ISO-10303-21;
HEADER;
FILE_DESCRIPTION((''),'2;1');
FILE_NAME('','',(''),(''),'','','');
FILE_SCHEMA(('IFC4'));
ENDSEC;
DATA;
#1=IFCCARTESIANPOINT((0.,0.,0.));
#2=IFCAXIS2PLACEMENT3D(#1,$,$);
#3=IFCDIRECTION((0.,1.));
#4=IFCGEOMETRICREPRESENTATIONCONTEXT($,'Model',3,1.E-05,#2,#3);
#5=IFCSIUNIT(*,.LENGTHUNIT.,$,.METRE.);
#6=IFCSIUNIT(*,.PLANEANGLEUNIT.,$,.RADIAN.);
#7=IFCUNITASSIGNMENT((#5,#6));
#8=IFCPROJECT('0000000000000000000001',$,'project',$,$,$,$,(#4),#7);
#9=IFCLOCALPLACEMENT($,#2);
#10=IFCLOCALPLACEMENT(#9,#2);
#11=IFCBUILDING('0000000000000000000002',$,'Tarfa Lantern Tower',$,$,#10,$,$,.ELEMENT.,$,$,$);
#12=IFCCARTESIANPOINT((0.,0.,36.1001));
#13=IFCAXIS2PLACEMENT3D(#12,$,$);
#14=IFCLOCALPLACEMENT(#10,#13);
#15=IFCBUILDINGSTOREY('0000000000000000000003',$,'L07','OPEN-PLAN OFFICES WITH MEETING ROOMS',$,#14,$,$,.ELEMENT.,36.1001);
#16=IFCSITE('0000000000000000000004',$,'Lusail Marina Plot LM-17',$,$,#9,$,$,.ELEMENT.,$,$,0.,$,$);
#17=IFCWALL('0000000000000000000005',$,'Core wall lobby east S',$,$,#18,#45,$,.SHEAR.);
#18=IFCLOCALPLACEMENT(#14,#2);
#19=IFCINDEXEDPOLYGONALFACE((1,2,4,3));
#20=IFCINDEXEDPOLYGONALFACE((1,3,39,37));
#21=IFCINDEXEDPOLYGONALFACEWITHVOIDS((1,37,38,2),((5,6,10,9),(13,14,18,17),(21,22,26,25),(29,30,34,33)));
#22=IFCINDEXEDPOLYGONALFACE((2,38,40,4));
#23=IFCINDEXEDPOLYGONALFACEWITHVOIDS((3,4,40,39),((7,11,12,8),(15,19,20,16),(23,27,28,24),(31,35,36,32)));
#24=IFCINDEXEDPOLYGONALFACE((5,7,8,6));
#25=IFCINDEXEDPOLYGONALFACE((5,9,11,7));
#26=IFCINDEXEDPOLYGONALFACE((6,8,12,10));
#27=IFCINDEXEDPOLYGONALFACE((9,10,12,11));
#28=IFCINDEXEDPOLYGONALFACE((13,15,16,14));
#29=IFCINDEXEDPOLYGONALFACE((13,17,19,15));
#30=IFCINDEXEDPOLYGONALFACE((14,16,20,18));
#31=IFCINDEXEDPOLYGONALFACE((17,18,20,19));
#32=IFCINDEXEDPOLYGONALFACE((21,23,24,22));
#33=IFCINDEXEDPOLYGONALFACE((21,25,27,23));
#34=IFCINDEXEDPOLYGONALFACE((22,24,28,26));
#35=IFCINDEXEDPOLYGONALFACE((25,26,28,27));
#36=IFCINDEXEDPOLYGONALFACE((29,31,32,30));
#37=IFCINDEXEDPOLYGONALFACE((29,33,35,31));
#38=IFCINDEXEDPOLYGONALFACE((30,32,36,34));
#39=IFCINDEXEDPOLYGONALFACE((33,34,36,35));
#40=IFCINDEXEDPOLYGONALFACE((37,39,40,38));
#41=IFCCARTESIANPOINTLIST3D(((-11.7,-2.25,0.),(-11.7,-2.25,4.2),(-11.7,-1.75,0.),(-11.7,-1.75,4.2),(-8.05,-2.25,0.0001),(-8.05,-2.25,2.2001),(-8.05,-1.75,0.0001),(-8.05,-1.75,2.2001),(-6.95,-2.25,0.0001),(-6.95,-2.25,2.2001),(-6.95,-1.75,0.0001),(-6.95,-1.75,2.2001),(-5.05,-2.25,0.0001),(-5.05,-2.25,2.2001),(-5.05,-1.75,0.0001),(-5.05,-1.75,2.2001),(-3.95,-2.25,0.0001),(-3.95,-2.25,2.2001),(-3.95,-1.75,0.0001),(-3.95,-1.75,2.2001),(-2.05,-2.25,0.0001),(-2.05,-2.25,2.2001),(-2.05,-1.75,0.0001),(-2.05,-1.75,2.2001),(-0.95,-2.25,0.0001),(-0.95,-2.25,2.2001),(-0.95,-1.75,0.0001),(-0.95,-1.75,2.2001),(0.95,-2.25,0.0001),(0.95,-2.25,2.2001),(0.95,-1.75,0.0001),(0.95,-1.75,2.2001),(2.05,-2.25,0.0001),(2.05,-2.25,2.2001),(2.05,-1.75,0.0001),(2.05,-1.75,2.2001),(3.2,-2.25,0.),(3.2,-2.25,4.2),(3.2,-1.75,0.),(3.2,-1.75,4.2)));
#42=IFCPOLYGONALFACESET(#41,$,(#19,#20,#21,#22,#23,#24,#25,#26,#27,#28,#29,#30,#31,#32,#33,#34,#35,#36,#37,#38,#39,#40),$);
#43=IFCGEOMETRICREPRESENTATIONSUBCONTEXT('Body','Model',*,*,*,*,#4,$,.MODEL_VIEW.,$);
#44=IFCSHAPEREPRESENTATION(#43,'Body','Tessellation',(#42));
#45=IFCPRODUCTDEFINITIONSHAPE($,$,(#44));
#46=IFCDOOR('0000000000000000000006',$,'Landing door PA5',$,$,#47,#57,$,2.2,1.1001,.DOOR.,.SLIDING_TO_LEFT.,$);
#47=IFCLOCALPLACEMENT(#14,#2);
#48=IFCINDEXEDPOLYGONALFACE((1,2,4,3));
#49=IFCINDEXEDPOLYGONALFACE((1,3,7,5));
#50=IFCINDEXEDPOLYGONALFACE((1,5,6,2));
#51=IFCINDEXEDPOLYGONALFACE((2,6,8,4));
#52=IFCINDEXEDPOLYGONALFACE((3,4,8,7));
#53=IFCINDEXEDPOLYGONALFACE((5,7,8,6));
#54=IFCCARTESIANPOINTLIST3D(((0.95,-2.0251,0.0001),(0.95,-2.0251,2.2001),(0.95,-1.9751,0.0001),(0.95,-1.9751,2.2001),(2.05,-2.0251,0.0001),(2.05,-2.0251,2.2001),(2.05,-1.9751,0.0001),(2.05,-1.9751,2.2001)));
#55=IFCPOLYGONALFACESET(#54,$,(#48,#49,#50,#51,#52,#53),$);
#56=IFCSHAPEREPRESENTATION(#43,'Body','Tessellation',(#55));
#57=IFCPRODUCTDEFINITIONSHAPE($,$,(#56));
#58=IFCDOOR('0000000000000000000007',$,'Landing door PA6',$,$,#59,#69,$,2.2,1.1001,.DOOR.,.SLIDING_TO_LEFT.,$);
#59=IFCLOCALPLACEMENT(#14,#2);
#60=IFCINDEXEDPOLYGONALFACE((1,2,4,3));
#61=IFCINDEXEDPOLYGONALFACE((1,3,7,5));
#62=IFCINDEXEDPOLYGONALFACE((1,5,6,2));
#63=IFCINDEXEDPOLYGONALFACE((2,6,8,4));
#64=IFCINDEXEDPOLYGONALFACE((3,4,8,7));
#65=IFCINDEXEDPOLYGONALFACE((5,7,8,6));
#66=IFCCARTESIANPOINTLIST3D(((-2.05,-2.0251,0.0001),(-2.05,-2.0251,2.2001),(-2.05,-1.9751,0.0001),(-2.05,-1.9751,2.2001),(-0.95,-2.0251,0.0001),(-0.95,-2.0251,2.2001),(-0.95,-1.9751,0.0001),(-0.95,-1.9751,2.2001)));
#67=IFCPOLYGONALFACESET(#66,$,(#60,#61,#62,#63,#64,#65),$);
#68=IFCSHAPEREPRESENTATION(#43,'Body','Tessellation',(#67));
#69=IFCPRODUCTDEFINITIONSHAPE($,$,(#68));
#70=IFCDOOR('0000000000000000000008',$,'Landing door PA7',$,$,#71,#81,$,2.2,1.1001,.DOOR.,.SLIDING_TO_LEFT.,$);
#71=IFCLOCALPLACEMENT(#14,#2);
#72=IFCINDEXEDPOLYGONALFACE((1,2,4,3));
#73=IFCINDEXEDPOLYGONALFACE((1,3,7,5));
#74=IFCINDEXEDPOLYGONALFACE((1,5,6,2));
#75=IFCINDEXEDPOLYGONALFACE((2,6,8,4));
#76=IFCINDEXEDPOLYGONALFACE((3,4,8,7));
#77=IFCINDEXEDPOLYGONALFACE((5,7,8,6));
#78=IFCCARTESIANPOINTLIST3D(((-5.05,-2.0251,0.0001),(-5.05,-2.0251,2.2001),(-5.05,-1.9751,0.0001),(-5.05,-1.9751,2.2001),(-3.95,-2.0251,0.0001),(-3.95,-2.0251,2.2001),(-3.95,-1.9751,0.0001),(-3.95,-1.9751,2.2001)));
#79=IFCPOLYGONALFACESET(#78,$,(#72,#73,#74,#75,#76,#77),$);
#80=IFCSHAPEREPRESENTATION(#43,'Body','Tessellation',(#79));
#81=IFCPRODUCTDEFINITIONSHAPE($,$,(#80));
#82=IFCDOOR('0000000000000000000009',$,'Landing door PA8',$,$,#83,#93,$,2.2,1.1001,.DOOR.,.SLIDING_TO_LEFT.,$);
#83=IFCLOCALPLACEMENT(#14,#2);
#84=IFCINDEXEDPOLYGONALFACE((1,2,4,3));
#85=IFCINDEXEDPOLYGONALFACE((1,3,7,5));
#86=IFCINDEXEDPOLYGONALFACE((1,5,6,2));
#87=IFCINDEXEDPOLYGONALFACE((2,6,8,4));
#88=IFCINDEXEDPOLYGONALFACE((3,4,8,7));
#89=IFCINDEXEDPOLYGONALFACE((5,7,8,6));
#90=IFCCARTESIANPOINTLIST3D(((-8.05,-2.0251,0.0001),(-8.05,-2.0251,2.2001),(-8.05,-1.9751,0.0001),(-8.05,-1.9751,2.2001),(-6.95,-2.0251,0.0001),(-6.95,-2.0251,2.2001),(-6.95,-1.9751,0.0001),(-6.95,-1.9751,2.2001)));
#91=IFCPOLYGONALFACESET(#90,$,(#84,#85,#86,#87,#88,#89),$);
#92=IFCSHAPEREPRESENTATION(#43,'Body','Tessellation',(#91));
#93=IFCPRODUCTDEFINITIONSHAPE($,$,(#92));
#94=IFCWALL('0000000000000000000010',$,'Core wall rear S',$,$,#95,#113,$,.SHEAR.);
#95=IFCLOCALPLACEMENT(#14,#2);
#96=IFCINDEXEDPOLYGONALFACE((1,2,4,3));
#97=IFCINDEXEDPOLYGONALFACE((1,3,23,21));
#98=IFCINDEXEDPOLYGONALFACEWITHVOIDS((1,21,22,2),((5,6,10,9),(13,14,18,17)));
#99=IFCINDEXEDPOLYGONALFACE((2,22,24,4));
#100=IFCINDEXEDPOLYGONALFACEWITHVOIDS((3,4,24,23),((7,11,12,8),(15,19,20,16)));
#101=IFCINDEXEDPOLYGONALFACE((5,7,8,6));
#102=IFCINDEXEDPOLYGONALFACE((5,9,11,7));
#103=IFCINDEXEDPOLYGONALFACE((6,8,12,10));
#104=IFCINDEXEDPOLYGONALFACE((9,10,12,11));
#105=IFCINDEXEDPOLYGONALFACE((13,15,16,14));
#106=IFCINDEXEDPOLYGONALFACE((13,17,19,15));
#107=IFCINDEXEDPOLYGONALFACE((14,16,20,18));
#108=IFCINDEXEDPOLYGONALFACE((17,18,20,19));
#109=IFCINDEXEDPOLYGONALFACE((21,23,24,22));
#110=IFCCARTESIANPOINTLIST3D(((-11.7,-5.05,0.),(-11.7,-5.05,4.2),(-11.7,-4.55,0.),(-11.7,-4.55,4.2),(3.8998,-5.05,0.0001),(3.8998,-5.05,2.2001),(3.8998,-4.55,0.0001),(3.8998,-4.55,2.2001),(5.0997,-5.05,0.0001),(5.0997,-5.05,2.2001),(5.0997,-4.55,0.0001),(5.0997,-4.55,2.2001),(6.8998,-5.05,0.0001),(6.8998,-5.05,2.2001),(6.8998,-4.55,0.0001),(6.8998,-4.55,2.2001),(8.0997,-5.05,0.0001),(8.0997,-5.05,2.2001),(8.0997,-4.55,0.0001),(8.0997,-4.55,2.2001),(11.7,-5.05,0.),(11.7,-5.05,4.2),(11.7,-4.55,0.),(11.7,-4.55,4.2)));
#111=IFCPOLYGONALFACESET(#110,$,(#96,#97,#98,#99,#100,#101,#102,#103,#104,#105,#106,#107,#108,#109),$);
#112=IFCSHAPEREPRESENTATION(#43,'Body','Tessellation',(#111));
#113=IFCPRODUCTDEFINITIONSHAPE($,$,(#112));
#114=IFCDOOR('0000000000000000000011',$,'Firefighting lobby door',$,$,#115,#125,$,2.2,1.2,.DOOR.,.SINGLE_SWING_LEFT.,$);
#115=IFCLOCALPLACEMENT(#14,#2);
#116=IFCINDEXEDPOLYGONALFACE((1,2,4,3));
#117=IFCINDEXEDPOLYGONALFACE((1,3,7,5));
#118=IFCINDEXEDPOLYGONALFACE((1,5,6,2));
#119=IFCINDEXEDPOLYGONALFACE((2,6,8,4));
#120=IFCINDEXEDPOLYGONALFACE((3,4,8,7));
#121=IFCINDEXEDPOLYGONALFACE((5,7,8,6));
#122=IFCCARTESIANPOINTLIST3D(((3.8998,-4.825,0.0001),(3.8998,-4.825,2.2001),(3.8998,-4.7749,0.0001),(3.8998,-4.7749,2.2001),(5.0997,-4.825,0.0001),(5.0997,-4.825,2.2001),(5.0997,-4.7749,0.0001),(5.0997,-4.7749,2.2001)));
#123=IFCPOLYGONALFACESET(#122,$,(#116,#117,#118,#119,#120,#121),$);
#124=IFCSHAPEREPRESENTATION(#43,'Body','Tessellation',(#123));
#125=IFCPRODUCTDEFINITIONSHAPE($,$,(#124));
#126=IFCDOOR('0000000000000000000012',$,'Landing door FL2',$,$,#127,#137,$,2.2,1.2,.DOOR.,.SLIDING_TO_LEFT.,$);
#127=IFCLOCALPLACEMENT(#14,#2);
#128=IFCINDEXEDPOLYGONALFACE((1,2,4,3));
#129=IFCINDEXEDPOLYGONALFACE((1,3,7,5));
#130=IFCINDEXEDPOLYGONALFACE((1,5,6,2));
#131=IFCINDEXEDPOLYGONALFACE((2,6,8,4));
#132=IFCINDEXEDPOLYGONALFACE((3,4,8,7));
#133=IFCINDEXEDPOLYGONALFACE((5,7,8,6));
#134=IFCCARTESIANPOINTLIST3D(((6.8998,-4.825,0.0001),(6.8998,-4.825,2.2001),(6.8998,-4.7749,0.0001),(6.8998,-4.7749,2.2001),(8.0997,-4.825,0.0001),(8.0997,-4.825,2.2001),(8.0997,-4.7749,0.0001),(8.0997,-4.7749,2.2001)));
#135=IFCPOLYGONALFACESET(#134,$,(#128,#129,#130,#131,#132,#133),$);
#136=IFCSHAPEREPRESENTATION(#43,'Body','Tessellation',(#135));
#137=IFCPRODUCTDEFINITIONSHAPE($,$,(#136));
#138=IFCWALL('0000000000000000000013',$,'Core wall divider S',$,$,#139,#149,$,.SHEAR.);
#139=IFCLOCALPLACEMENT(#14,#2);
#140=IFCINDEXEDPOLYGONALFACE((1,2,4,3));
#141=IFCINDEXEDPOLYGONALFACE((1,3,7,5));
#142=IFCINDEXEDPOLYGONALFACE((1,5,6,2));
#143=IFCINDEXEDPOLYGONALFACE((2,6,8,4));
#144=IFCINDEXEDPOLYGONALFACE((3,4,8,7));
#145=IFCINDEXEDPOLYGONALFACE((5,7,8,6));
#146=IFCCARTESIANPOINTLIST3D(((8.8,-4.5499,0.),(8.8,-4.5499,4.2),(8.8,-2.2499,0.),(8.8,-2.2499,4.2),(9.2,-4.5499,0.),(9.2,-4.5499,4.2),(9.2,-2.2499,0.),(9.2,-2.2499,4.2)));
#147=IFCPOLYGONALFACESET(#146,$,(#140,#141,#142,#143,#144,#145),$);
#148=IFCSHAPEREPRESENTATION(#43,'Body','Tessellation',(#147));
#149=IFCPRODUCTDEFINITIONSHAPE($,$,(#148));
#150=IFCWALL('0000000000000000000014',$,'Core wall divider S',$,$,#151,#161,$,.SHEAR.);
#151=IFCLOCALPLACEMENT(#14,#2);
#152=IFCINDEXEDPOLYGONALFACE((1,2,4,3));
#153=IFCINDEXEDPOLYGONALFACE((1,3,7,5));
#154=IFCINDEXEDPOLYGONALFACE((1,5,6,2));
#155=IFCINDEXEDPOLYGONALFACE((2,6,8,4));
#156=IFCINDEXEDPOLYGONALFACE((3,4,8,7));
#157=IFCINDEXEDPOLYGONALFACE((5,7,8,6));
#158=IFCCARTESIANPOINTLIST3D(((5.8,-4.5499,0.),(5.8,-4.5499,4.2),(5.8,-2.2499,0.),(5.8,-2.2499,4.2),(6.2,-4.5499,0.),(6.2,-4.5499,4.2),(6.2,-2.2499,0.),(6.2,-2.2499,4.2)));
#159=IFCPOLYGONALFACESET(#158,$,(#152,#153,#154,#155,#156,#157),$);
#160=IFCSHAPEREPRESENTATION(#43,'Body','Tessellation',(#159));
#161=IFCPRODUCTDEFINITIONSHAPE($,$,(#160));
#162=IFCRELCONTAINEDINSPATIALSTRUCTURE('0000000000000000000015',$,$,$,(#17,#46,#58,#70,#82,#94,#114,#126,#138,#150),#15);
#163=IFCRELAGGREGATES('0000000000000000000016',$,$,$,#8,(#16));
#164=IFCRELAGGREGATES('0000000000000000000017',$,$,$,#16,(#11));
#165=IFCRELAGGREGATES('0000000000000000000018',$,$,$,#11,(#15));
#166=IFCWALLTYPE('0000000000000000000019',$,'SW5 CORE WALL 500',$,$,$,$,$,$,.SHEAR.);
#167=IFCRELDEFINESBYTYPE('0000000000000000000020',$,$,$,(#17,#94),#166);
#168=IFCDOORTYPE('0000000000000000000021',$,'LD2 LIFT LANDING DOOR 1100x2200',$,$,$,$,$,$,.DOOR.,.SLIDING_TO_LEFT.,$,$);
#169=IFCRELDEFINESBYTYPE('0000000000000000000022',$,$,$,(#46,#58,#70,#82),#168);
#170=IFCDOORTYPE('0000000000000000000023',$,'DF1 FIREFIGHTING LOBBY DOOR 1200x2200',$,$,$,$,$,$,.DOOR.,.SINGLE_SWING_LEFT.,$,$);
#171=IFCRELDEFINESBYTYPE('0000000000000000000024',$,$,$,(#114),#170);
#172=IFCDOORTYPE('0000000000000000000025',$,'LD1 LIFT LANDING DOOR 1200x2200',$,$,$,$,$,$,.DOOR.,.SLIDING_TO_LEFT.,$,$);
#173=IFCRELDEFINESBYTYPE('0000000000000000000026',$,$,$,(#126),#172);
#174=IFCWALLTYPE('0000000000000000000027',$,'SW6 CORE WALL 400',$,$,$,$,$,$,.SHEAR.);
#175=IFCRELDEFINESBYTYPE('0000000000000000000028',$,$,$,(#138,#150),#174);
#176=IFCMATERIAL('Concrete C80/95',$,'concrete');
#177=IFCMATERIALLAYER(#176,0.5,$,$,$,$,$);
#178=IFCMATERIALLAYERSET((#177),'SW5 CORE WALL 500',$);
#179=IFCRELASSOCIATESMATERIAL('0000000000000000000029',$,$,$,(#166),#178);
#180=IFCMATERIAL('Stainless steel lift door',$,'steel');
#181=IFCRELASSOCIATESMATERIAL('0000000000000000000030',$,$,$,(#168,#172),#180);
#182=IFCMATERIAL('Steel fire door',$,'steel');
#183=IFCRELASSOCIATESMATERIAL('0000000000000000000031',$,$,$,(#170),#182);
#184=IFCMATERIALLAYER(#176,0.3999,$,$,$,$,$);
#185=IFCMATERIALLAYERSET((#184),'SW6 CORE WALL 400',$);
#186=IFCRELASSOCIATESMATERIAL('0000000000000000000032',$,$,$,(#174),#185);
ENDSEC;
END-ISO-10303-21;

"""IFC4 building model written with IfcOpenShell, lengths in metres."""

from ifc_helpers import new_model, si_unit, direction, frame, frame_2d, origin, place, context, subcontext, project, spatial, rectangle, extrude, material, layer, layer_set, type_object, element, fill, save


model = new_model("IFC4")

# Units and contexts
model_context = context("Model", 3, precision=1e-05, world=origin(), true_north=direction((0.0, 1.0)))
body_context = subcontext(model_context, "Body", "Model", "MODEL_VIEW")
ifc_project = project(units=[si_unit("LENGTHUNIT", "METRE"), si_unit("PLANEANGLEUNIT", "RADIAN")], contexts=[model_context])

# Site, building, storey
site_placement = place(None, origin())
site = spatial("IfcSite", under=ifc_project, at=site_placement, Name="Lusail Marina Plot LM-17", CompositionType="ELEMENT", RefElevation=0.0)
building_placement = place(site_placement, origin())
building = spatial("IfcBuilding", under=site, at=building_placement, Name="Tarfa Lantern Tower", CompositionType="ELEMENT")
storey_placement = place(building_placement, frame((0.0, 0.0, 36.1001)))
storey = spatial("IfcBuildingStorey", under=building, at=storey_placement, Name="L07", Description="OPEN-PLAN OFFICES WITH MEETING ROOMS", CompositionType="ELEMENT", Elevation=36.1001)

# Shared definitions
ifc_material_1 = material(Name="Concrete C80/95", Category="concrete")

# Shared definitions
ifc_material_2 = material(Name="Steel fire door", Category="steel")

# Shared definitions
ifc_layer_1 = layer(ifc_material_1, 0.5)
ifc_layer_set_1 = layer_set([ifc_layer_1], Name="SW5 CORE WALL 500")
wall_type_1 = type_object("IfcWallType", Name="SW5 CORE WALL 500", PredefinedType="SHEAR", material=ifc_layer_set_1)

# Walls, openings, doors
wall_1_placement = place(storey_placement, frame((3.2, -2.0, 0.0), z_axis=(0.0, 0.0, 1.0), x_axis=(-1.0, 0.0, 0.0)))
wall_1 = element("IfcWall", 1, at=wall_1_placement, inside=storey, type_object=wall_type_1, Name="Core wall lobby east S", PredefinedType="SHEAR", context=body_context, shape_type="SweptSolid", body=[
    extrude(rectangle(XDim=14.8999, YDim=0.5, at=frame_2d((7.45, 0.0))), origin(), (0.0, 0.0, 1.0), 4.2),
])
opening_1_placement = place(wall_1_placement, frame((1.1499, 0.0, 0.0)))
opening_1 = element("IfcOpeningElement", 2, at=opening_1_placement, cuts=wall_1, PredefinedType="OPENING", context=body_context, shape_type="SweptSolid", body=[
    extrude(rectangle(XDim=1.1001, YDim=2.2, at=frame_2d((0.55, 1.1001))), frame((0.0, 0.26, 0.0), z_axis=(0.0, -1.0, 0.0), x_axis=(1.0, 0.0, 0.0)), (0.0, 0.0, 1.0), 0.52),
])
opening_2_placement = place(wall_1_placement, frame((4.1499, 0.0, 0.0)))
opening_2 = element("IfcOpeningElement", 3, at=opening_2_placement, cuts=wall_1, PredefinedType="OPENING", context=body_context, shape_type="SweptSolid", body=[
    extrude(rectangle(XDim=1.1001, YDim=2.2, at=frame_2d((0.55, 1.1001))), frame((0.0, 0.26, 0.0), z_axis=(0.0, -1.0, 0.0), x_axis=(1.0, 0.0, 0.0)), (0.0, 0.0, 1.0), 0.52),
])
opening_3_placement = place(wall_1_placement, frame((7.1499, 0.0, 0.0)))
opening_3 = element("IfcOpeningElement", 4, at=opening_3_placement, cuts=wall_1, PredefinedType="OPENING", context=body_context, shape_type="SweptSolid", body=[
    extrude(rectangle(XDim=1.1001, YDim=2.2, at=frame_2d((0.55, 1.1001))), frame((0.0, 0.26, 0.0), z_axis=(0.0, -1.0, 0.0), x_axis=(1.0, 0.0, 0.0)), (0.0, 0.0, 1.0), 0.52),
])
opening_4_placement = place(wall_1_placement, frame((10.1499, 0.0, 0.0)))
opening_4 = element("IfcOpeningElement", 5, at=opening_4_placement, cuts=wall_1, PredefinedType="OPENING", context=body_context, shape_type="SweptSolid", body=[
    extrude(rectangle(XDim=1.1001, YDim=2.2, at=frame_2d((0.55, 1.1001))), frame((0.0, 0.26, 0.0), z_axis=(0.0, -1.0, 0.0), x_axis=(1.0, 0.0, 0.0)), (0.0, 0.0, 1.0), 0.52),
])
ifc_material_3 = material(Name="Stainless steel lift door", Category="steel")
door_type_1 = type_object("IfcDoorType", Name="LD2 LIFT LANDING DOOR 1100x2200", OperationType="SLIDING_TO_LEFT", PredefinedType="DOOR", material=ifc_material_3)
door_1_placement = place(opening_1_placement, frame((1.1001, 0.0, 0.0), z_axis=(0.0, 0.0, 1.0), x_axis=(-1.0, 0.0, 0.0)))
door_1 = element("IfcDoor", 6, at=door_1_placement, inside=storey, type_object=door_type_1, Name="Landing door PA5", OperationType="SLIDING_TO_LEFT", OverallHeight=2.2, OverallWidth=1.1001, PredefinedType="DOOR", context=body_context, shape_type="SweptSolid", body=[
    extrude(rectangle(XDim=1.1001, YDim=2.2, at=frame_2d((0.55, 1.1001))), frame((0.0, 0.0249, 0.0), z_axis=(0.0, -1.0, 0.0), x_axis=(1.0, 0.0, 0.0)), (0.0, 0.0, 1.0), 0.05),
])
fill(opening_1, door_1)
door_2_placement = place(opening_2_placement, frame((1.1001, 0.0, 0.0), z_axis=(0.0, 0.0, 1.0), x_axis=(-1.0, 0.0, 0.0)))
door_2 = element("IfcDoor", 7, at=door_2_placement, inside=storey, type_object=door_type_1, Name="Landing door PA6", OperationType="SLIDING_TO_LEFT", OverallHeight=2.2, OverallWidth=1.1001, PredefinedType="DOOR", context=body_context, shape_type="SweptSolid", body=[
    extrude(rectangle(XDim=1.1001, YDim=2.2, at=frame_2d((0.55, 1.1001))), frame((0.0, 0.0249, 0.0), z_axis=(0.0, -1.0, 0.0), x_axis=(1.0, 0.0, 0.0)), (0.0, 0.0, 1.0), 0.05),
])
fill(opening_2, door_2)
door_3_placement = place(opening_3_placement, frame((1.1001, 0.0, 0.0), z_axis=(0.0, 0.0, 1.0), x_axis=(-1.0, 0.0, 0.0)))
door_3 = element("IfcDoor", 8, at=door_3_placement, inside=storey, type_object=door_type_1, Name="Landing door PA7", OperationType="SLIDING_TO_LEFT", OverallHeight=2.2, OverallWidth=1.1001, PredefinedType="DOOR", context=body_context, shape_type="SweptSolid", body=[
    extrude(rectangle(XDim=1.1001, YDim=2.2, at=frame_2d((0.55, 1.1001))), frame((0.0, 0.0249, 0.0), z_axis=(0.0, -1.0, 0.0), x_axis=(1.0, 0.0, 0.0)), (0.0, 0.0, 1.0), 0.05),
])
fill(opening_3, door_3)
door_4_placement = place(opening_4_placement, frame((1.1001, 0.0, 0.0), z_axis=(0.0, 0.0, 1.0), x_axis=(-1.0, 0.0, 0.0)))
door_4 = element("IfcDoor", 9, at=door_4_placement, inside=storey, type_object=door_type_1, Name="Landing door PA8", OperationType="SLIDING_TO_LEFT", OverallHeight=2.2, OverallWidth=1.1001, PredefinedType="DOOR", context=body_context, shape_type="SweptSolid", body=[
    extrude(rectangle(XDim=1.1001, YDim=2.2, at=frame_2d((0.55, 1.1001))), frame((0.0, 0.0249, 0.0), z_axis=(0.0, -1.0, 0.0), x_axis=(1.0, 0.0, 0.0)), (0.0, 0.0, 1.0), 0.05),
])
fill(opening_4, door_4)
wall_2_placement = place(storey_placement, frame((11.7, -4.8, 0.0), z_axis=(0.0, 0.0, 1.0), x_axis=(-1.0, 0.0, 0.0)))
wall_2 = element("IfcWall", 10, at=wall_2_placement, inside=storey, type_object=wall_type_1, Name="Core wall rear S", PredefinedType="SHEAR", context=body_context, shape_type="SweptSolid", body=[
    extrude(rectangle(XDim=23.3999, YDim=0.5, at=frame_2d((11.7, 0.0))), origin(), (0.0, 0.0, 1.0), 4.2),
])
opening_5_placement = place(wall_2_placement, frame((6.6001, 0.0, 0.0)))
opening_5 = element("IfcOpeningElement", 11, at=opening_5_placement, cuts=wall_2, PredefinedType="OPENING", context=body_context, shape_type="SweptSolid", body=[
    extrude(rectangle(XDim=1.2, YDim=2.2, at=frame_2d((0.6001, 1.1001))), frame((0.0, 0.26, 0.0), z_axis=(0.0, -1.0, 0.0), x_axis=(1.0, 0.0, 0.0)), (0.0, 0.0, 1.0), 0.52),
])
opening_6_placement = place(wall_2_placement, frame((3.6001, 0.0, 0.0)))
opening_6 = element("IfcOpeningElement", 12, at=opening_6_placement, cuts=wall_2, PredefinedType="OPENING", context=body_context, shape_type="SweptSolid", body=[
    extrude(rectangle(XDim=1.2, YDim=2.2, at=frame_2d((0.6001, 1.1001))), frame((0.0, 0.26, 0.0), z_axis=(0.0, -1.0, 0.0), x_axis=(1.0, 0.0, 0.0)), (0.0, 0.0, 1.0), 0.52),
])
door_type_2 = type_object("IfcDoorType", Name="DF1 FIREFIGHTING LOBBY DOOR 1200x2200", OperationType="SINGLE_SWING_LEFT", PredefinedType="DOOR", material=ifc_material_2)
door_5_placement = place(opening_5_placement, origin())
door_5 = element("IfcDoor", 13, at=door_5_placement, inside=storey, type_object=door_type_2, Name="Firefighting lobby door", OperationType="SINGLE_SWING_LEFT", OverallHeight=2.2, OverallWidth=1.2, PredefinedType="DOOR", context=body_context, shape_type="SweptSolid", body=[
    extrude(rectangle(XDim=1.2, YDim=2.2, at=frame_2d((0.6001, 1.1001))), frame((0.0, 0.0249, 0.0), z_axis=(0.0, -1.0, 0.0), x_axis=(1.0, 0.0, 0.0)), (0.0, 0.0, 1.0), 0.05),
])
fill(opening_5, door_5)
door_type_3 = type_object("IfcDoorType", Name="LD1 LIFT LANDING DOOR 1200x2200", OperationType="SLIDING_TO_LEFT", PredefinedType="DOOR", material=ifc_material_3)
door_6_placement = place(opening_6_placement, origin())
door_6 = element("IfcDoor", 14, at=door_6_placement, inside=storey, type_object=door_type_3, Name="Landing door FL2", OperationType="SLIDING_TO_LEFT", OverallHeight=2.2, OverallWidth=1.2, PredefinedType="DOOR", context=body_context, shape_type="SweptSolid", body=[
    extrude(rectangle(XDim=1.2, YDim=2.2, at=frame_2d((0.6001, 1.1001))), frame((0.0, 0.0249, 0.0), z_axis=(0.0, -1.0, 0.0), x_axis=(1.0, 0.0, 0.0)), (0.0, 0.0, 1.0), 0.05),
])
fill(opening_6, door_6)

# Walls
ifc_layer_2 = layer(ifc_material_1, 0.3999)
ifc_layer_set_2 = layer_set([ifc_layer_2], Name="SW6 CORE WALL 400")
wall_type_2 = type_object("IfcWallType", Name="SW6 CORE WALL 400", PredefinedType="SHEAR", material=ifc_layer_set_2)
for number, where, z_axis, x_axis, name in (
    (15, (9.0, -2.25, 0.0), (0.0, 0.0, 1.0), (0.0, -1.0, 0.0), "Core wall divider S"),
    (16, (6.0, -2.25, 0.0), (0.0, 0.0, 1.0), (0.0, -1.0, 0.0), "Core wall divider S"),
):
    element("IfcWall", number, at=place(storey_placement, frame(where, z_axis=z_axis, x_axis=x_axis)), inside=storey, type_object=wall_type_2, Name=name, PredefinedType="SHEAR", context=body_context, shape_type="SweptSolid", body=[
        extrude(rectangle(XDim=2.3, YDim=0.3999, at=frame_2d((1.1499, 0.0))), origin(), (0.0, 0.0, 1.0), 4.2),
    ])

save(model, "model.ifc")
